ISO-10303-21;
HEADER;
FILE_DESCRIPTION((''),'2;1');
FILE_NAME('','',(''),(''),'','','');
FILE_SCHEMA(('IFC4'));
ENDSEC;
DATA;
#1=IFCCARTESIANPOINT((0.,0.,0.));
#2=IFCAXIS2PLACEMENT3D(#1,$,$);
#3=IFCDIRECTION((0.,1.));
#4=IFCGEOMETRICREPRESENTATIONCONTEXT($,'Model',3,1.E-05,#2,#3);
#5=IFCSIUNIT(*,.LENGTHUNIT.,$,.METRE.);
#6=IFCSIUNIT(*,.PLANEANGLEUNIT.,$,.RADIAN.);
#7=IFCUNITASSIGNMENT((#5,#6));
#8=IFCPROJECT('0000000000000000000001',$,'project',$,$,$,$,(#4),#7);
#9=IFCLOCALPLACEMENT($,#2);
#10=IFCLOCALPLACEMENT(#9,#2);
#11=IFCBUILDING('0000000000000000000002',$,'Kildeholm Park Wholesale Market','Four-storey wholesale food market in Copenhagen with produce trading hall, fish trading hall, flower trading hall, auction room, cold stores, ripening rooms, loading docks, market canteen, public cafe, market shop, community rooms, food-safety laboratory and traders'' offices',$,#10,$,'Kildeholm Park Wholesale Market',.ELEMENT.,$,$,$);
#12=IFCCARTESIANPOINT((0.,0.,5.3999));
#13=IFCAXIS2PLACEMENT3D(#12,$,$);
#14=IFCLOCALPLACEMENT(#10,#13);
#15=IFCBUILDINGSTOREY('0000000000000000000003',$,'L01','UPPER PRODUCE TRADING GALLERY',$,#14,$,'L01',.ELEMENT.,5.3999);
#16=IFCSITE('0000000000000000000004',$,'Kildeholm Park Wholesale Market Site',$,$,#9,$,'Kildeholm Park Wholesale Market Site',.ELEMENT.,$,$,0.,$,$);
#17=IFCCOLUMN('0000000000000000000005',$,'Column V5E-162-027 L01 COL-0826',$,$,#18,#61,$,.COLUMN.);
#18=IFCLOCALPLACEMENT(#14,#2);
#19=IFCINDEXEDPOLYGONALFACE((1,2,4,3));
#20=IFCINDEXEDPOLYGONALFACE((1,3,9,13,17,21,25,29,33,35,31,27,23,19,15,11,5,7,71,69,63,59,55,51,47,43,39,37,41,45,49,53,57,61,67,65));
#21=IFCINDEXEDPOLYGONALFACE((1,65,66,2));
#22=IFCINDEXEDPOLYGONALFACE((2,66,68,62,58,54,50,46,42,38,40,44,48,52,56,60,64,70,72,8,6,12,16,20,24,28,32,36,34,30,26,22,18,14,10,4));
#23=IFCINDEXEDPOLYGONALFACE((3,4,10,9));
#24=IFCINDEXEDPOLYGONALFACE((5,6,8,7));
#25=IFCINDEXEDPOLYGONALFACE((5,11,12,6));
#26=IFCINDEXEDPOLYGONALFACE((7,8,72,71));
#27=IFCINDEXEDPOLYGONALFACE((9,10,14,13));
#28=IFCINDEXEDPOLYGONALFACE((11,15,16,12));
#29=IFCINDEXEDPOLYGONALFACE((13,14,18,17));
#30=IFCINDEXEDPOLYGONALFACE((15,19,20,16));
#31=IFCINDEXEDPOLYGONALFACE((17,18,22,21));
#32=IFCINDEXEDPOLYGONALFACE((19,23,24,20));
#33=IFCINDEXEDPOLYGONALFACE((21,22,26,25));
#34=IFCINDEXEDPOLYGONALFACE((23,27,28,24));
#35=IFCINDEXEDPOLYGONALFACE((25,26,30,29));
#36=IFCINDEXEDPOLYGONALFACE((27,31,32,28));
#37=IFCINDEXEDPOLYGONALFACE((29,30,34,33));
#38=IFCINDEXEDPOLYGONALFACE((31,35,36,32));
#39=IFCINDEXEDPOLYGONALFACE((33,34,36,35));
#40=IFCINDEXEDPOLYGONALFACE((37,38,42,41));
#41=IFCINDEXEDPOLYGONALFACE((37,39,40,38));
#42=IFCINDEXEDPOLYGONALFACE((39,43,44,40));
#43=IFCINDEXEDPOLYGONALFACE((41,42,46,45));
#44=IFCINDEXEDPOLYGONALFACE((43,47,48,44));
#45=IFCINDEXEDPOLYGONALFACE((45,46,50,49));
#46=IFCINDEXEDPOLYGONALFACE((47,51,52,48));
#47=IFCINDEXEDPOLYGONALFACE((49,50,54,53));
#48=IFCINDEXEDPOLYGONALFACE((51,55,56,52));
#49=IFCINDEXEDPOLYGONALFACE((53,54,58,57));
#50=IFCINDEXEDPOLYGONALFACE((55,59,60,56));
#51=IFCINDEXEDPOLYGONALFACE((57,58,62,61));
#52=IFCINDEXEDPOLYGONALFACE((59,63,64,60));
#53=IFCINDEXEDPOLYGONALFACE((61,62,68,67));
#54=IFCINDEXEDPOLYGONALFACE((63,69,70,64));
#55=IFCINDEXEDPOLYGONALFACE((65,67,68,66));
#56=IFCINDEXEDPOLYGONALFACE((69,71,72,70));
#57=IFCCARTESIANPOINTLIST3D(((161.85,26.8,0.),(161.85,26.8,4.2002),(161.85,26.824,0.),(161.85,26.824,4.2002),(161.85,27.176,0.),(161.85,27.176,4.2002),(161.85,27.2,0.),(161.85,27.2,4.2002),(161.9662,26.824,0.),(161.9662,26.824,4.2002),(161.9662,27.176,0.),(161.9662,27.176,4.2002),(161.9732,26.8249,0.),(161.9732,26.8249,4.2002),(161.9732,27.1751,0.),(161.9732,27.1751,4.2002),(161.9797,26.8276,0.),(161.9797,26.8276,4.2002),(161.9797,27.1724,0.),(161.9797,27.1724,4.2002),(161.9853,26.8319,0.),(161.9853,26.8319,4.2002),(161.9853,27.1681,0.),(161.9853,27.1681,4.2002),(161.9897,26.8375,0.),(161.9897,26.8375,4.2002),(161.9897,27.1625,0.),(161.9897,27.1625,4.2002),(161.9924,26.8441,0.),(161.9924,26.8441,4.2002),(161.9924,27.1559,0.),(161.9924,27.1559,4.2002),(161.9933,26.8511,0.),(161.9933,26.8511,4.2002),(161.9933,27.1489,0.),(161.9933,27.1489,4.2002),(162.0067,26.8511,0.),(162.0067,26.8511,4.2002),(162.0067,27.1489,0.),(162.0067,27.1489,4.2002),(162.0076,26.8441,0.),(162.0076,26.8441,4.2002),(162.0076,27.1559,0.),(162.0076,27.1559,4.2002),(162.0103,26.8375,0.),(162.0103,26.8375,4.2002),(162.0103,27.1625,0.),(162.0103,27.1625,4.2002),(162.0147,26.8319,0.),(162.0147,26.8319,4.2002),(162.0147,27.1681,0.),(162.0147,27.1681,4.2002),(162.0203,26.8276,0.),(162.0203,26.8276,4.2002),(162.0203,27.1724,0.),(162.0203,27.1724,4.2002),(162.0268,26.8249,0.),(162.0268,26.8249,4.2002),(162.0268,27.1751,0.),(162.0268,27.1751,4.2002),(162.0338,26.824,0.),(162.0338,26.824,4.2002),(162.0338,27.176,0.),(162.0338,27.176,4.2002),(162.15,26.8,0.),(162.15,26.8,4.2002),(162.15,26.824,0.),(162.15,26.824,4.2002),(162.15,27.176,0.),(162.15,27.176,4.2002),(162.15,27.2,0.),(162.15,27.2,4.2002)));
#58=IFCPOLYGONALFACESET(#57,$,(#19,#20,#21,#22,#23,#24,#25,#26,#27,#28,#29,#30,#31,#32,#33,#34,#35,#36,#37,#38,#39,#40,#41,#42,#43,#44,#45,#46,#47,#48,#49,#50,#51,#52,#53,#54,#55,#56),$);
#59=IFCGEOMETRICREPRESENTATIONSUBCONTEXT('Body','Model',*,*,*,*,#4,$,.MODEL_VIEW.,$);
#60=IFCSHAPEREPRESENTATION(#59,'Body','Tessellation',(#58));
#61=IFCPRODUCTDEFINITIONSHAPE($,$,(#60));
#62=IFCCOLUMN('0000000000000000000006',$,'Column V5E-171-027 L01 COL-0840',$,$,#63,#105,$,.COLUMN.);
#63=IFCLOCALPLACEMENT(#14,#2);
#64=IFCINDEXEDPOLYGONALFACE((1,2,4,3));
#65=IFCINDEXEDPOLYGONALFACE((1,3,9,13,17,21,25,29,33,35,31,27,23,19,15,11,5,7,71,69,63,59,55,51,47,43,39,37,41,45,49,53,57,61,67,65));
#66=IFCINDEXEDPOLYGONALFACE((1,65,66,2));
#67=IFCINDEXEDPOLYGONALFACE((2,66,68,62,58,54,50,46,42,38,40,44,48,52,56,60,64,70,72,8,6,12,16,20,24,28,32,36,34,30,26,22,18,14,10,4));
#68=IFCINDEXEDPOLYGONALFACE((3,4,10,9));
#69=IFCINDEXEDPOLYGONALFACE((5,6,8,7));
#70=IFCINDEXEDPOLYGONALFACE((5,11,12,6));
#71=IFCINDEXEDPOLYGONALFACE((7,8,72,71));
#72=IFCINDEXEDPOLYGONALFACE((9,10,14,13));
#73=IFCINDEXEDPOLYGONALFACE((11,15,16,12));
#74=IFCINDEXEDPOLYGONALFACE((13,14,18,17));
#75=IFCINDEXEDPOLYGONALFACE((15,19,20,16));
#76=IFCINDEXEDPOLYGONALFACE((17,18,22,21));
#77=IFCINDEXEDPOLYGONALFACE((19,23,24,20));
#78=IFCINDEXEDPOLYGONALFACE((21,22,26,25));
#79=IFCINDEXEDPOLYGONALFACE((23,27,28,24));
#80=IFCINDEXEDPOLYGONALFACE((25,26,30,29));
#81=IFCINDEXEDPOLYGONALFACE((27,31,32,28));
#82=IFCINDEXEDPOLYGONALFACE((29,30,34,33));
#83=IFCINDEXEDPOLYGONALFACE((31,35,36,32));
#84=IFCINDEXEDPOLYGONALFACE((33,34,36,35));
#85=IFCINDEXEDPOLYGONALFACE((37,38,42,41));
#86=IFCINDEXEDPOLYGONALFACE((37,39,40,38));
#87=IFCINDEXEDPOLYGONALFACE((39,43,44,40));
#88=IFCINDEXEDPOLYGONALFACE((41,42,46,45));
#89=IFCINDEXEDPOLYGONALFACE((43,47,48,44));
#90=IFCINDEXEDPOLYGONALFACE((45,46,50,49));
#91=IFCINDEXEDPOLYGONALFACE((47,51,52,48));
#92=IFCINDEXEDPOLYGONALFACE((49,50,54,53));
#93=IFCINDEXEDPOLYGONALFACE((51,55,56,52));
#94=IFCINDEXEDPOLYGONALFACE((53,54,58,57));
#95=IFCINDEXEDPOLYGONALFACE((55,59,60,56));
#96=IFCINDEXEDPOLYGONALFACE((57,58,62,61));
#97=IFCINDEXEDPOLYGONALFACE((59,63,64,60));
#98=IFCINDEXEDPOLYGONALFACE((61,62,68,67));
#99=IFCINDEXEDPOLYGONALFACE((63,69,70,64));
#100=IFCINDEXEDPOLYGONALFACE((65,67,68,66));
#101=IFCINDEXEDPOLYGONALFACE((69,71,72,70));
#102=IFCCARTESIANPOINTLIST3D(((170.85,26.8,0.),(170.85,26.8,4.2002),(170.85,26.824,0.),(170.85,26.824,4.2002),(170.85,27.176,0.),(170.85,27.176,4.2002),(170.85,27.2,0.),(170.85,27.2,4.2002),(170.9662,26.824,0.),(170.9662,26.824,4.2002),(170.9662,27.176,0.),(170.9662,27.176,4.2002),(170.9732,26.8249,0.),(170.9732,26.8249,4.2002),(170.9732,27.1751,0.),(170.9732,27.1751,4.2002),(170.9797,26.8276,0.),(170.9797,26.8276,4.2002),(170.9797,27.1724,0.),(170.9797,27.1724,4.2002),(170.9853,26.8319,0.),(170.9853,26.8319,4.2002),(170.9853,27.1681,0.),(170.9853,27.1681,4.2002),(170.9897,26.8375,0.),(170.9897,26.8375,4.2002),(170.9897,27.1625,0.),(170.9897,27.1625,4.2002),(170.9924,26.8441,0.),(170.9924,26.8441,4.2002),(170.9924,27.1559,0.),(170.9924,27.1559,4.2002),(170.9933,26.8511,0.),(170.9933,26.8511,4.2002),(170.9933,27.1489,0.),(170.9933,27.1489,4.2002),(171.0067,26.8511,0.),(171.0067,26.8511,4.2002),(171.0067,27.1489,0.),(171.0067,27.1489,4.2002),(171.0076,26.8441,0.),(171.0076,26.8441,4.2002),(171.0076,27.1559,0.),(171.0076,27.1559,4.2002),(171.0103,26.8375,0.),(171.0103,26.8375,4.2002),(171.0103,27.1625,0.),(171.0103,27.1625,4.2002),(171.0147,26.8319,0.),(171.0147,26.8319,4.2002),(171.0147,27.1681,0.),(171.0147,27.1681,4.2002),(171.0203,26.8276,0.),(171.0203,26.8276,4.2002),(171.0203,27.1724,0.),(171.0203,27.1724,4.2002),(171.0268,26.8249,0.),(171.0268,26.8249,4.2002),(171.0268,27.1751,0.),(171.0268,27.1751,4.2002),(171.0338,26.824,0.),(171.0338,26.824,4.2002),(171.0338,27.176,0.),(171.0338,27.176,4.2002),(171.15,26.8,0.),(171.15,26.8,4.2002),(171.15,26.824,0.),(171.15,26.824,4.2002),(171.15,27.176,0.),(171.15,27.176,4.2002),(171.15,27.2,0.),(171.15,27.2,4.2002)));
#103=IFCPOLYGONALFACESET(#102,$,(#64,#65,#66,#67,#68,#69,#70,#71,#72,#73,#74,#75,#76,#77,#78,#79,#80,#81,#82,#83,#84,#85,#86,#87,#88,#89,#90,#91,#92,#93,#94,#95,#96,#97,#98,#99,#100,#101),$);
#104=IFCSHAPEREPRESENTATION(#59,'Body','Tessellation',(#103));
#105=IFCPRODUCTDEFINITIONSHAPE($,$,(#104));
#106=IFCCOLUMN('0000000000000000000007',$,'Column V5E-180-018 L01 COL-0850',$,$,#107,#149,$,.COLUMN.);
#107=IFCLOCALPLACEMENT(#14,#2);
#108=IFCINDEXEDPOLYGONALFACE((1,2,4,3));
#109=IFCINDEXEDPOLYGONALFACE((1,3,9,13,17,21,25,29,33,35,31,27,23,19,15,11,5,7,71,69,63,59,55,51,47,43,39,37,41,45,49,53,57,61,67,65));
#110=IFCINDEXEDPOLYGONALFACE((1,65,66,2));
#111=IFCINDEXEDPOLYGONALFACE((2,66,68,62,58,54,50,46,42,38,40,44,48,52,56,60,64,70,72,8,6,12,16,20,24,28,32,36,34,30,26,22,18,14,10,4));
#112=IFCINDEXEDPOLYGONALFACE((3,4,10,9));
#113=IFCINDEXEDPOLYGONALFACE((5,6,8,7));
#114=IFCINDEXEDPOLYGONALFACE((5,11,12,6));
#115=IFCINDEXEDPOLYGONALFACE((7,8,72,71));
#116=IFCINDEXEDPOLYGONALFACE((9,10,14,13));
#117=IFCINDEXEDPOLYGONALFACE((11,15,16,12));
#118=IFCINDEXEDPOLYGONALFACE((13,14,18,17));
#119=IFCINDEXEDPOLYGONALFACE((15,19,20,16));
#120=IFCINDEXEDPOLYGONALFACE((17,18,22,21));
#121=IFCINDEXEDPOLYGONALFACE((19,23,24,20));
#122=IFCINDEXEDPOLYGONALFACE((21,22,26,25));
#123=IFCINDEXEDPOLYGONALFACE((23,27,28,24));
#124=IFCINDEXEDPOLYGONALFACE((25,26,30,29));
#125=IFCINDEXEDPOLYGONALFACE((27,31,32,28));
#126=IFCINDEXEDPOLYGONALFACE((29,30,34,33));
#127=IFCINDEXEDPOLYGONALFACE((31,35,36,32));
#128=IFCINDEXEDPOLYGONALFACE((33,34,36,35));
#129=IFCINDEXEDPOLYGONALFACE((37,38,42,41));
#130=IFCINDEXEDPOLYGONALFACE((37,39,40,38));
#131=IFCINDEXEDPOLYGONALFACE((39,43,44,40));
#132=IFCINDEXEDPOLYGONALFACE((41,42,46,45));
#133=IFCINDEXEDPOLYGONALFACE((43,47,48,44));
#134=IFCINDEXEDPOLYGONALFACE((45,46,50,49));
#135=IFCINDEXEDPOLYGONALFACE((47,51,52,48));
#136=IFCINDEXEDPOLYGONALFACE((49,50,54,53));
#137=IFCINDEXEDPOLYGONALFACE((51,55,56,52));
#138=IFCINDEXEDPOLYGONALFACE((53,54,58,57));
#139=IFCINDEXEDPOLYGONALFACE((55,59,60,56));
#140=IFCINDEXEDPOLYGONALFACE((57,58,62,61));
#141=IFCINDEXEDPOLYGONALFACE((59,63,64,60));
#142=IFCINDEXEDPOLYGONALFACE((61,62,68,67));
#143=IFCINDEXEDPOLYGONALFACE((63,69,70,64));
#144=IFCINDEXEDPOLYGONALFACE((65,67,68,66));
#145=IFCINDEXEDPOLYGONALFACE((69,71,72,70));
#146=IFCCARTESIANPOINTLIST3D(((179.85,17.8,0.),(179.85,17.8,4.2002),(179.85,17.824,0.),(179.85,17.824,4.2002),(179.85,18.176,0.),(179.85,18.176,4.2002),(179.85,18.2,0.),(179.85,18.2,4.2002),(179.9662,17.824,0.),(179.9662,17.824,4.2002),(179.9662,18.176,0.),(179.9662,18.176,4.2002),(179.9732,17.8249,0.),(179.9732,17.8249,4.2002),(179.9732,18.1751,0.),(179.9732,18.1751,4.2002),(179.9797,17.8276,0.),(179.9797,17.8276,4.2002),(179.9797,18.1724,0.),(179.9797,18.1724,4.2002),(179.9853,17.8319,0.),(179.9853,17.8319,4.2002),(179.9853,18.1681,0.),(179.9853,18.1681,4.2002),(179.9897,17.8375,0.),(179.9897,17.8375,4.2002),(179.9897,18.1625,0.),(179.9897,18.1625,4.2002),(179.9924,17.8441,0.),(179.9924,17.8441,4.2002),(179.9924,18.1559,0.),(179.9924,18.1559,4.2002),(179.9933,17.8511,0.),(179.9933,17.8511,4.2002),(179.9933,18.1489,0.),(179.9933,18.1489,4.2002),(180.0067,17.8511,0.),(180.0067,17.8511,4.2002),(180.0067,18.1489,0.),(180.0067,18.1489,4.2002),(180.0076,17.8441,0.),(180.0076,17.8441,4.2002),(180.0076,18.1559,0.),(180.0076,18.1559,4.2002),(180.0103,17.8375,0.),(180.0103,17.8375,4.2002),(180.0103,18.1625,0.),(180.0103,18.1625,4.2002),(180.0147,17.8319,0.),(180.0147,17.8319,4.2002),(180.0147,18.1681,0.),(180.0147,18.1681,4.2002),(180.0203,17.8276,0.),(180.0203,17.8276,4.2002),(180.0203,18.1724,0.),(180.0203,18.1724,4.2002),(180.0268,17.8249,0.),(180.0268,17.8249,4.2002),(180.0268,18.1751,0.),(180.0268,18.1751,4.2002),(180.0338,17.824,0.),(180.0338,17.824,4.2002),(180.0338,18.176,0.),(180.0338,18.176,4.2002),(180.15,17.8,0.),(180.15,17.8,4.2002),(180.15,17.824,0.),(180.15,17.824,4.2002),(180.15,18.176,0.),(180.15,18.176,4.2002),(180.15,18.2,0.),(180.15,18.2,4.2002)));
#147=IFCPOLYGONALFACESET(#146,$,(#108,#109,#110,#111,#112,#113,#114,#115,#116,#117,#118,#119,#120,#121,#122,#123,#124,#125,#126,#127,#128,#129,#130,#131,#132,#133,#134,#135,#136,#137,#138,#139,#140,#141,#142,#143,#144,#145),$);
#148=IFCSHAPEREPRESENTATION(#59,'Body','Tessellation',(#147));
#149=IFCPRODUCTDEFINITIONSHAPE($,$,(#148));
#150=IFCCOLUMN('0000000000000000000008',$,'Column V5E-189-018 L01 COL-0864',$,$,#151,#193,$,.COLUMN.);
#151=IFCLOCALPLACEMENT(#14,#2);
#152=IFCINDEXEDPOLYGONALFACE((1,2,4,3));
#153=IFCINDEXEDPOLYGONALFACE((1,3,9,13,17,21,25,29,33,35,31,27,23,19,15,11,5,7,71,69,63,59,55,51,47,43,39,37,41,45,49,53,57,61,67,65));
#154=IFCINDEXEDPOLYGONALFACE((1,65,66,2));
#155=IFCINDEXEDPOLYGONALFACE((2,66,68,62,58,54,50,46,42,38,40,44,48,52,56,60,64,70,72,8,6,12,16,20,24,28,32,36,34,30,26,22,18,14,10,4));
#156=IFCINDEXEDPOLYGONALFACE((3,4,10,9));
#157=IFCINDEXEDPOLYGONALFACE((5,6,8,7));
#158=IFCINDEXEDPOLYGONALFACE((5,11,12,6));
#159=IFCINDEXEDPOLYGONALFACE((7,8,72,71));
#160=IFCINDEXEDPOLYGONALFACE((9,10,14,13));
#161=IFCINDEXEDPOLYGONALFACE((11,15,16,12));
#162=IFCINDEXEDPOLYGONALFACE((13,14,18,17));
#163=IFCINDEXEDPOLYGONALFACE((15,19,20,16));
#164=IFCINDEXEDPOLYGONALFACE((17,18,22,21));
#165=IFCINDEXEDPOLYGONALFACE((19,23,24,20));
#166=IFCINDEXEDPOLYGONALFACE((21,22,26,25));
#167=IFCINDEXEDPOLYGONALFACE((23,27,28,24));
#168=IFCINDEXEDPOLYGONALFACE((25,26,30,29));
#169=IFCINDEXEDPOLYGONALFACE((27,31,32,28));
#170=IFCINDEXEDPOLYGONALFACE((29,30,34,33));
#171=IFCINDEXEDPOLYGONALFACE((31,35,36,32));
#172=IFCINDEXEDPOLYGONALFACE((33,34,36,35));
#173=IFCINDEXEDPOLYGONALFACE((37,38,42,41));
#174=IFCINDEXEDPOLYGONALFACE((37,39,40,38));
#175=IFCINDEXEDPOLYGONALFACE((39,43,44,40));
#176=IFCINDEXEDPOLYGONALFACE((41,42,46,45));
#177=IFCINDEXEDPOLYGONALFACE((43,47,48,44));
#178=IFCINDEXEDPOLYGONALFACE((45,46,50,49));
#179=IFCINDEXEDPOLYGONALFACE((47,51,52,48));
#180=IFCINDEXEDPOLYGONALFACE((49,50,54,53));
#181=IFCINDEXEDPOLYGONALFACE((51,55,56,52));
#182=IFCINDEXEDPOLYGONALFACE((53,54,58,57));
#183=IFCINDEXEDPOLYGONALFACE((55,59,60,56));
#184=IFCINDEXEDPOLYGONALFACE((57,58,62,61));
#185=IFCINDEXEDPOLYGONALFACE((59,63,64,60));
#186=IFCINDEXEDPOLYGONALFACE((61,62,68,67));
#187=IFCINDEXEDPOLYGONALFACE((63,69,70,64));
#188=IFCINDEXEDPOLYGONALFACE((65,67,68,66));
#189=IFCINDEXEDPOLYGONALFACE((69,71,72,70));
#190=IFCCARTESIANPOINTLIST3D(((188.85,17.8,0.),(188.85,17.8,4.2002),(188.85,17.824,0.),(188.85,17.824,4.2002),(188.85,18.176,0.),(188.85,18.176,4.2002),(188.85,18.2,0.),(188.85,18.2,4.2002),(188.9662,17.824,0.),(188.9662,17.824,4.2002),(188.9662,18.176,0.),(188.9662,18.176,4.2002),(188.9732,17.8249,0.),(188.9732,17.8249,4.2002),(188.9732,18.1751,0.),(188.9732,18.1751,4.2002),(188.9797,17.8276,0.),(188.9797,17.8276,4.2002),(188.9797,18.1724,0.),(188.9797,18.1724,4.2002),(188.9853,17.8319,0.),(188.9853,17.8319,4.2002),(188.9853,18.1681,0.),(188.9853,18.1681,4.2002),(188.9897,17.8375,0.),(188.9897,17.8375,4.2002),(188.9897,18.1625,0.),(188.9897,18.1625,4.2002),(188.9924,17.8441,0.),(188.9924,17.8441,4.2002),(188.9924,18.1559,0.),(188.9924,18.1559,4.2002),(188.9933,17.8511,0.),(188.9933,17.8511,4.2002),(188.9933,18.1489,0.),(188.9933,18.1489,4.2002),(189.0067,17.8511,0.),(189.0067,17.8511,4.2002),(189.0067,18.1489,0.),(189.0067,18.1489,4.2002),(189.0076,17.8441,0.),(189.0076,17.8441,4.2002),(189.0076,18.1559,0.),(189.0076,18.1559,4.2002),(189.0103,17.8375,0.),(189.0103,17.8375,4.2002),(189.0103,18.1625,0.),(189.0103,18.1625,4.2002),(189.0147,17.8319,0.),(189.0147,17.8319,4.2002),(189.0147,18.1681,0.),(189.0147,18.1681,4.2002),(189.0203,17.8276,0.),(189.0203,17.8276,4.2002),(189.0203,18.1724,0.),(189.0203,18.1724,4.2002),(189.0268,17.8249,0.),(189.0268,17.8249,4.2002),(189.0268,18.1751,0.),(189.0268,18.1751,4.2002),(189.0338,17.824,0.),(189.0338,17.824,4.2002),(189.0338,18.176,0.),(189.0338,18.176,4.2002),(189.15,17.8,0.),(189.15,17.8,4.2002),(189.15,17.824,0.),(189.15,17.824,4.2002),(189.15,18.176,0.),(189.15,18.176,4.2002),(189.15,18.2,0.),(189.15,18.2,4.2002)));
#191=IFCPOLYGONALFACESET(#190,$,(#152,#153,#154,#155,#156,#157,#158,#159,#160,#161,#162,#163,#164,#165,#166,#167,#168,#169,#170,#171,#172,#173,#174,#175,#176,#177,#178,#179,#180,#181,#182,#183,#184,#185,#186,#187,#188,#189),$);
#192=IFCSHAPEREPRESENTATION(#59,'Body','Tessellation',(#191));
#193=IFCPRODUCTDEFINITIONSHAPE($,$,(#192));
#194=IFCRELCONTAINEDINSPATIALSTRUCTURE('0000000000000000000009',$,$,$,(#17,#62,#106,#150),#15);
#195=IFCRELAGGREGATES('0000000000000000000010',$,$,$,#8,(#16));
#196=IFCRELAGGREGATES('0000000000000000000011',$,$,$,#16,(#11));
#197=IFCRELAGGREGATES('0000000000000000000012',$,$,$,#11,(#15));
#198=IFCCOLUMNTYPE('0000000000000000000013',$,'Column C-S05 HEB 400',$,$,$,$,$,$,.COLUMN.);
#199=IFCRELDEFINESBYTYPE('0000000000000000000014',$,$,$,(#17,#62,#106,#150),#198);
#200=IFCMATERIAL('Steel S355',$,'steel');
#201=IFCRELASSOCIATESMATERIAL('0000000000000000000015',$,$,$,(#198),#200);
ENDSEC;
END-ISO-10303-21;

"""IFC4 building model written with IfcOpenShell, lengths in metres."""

from ifc_helpers import new_model, si_unit, direction, frame, origin, origin_2d, place, context, subcontext, project, spatial, i_section, extrude, material, material_profile, profile_set, type_object, element, save


model = new_model("IFC4")

# Units and contexts
model_context = context("Model", 3, precision=1e-05, world=origin(), true_north=direction((0.0, 1.0)))
body_context = subcontext(model_context, "Body", "Model", "MODEL_VIEW")
ifc_project = project(units=[si_unit("LENGTHUNIT", "METRE"), si_unit("PLANEANGLEUNIT", "RADIAN")], contexts=[model_context])

# Site, building, storey
site_placement = place(None, origin())
site = spatial("IfcSite", under=ifc_project, at=site_placement, Name="Kildeholm Park Wholesale Market Site", LongName="Kildeholm Park Wholesale Market Site", CompositionType="ELEMENT", RefElevation=0.0)
building_placement = place(site_placement, origin())
building = spatial("IfcBuilding", under=site, at=building_placement, Name="Kildeholm Park Wholesale Market", Description="Four-storey wholesale food market in Copenhagen with produce trading hall, fish trading hall, flower trading hall, auction room, cold stores, ripening rooms, loading docks, market canteen, public cafe, market shop, community rooms, food-safety laboratory and traders' offices", LongName="Kildeholm Park Wholesale Market", CompositionType="ELEMENT")
storey_placement = place(building_placement, frame((0.0, 0.0, 5.3999)))
storey = spatial("IfcBuildingStorey", under=building, at=storey_placement, Name="L01", Description="UPPER PRODUCE TRADING GALLERY", LongName="L01", CompositionType="ELEMENT", Elevation=5.3999)

# Columns
ifc_material_1 = material(Name="Steel S355", Category="steel")
ifc_material_profile_1 = material_profile(ifc_material_1, i_section(OverallWidth=0.3, OverallDepth=0.3999, WebThickness=0.0134, FlangeThickness=0.0239, FilletRadius=0.0271, at=origin_2d()), Name="HEB 400")
ifc_profile_set_1 = profile_set([ifc_material_profile_1], Name="Steel S355")
column_type = type_object("IfcColumnType", Name="Column C-S05 HEB 400", PredefinedType="COLUMN", material=ifc_profile_set_1)
for number, where, z_axis, x_axis, name in (
    (1, (162.0, 27.0, 0.0), (0.0, 0.0, 1.0), (1.0, 0.0, 0.0), "Column V5E-162-027 L01 COL-0826"),
    (2, (171.0, 27.0, 0.0), (0.0, 0.0, 1.0), (1.0, 0.0, 0.0), "Column V5E-171-027 L01 COL-0840"),
    (3, (180.0, 18.0, 0.0), (0.0, 0.0, 1.0), (1.0, 0.0, 0.0), "Column V5E-180-018 L01 COL-0850"),
    (4, (189.0, 18.0, 0.0), (0.0, 0.0, 1.0), (1.0, 0.0, 0.0), "Column V5E-189-018 L01 COL-0864"),
):
    element("IfcColumn", number, at=place(storey_placement, frame(where, z_axis=z_axis, x_axis=x_axis)), inside=storey, type_object=column_type, Name=name, PredefinedType="COLUMN", context=body_context, shape_type="SweptSolid", body=[
        extrude(i_section(OverallWidth=0.3, OverallDepth=0.3999, WebThickness=0.0134, FlangeThickness=0.0239, FilletRadius=0.0271, at=origin_2d()), origin(), (0.0, 0.0, 1.0), 4.2002),
    ])

save(model, "model.ifc")
